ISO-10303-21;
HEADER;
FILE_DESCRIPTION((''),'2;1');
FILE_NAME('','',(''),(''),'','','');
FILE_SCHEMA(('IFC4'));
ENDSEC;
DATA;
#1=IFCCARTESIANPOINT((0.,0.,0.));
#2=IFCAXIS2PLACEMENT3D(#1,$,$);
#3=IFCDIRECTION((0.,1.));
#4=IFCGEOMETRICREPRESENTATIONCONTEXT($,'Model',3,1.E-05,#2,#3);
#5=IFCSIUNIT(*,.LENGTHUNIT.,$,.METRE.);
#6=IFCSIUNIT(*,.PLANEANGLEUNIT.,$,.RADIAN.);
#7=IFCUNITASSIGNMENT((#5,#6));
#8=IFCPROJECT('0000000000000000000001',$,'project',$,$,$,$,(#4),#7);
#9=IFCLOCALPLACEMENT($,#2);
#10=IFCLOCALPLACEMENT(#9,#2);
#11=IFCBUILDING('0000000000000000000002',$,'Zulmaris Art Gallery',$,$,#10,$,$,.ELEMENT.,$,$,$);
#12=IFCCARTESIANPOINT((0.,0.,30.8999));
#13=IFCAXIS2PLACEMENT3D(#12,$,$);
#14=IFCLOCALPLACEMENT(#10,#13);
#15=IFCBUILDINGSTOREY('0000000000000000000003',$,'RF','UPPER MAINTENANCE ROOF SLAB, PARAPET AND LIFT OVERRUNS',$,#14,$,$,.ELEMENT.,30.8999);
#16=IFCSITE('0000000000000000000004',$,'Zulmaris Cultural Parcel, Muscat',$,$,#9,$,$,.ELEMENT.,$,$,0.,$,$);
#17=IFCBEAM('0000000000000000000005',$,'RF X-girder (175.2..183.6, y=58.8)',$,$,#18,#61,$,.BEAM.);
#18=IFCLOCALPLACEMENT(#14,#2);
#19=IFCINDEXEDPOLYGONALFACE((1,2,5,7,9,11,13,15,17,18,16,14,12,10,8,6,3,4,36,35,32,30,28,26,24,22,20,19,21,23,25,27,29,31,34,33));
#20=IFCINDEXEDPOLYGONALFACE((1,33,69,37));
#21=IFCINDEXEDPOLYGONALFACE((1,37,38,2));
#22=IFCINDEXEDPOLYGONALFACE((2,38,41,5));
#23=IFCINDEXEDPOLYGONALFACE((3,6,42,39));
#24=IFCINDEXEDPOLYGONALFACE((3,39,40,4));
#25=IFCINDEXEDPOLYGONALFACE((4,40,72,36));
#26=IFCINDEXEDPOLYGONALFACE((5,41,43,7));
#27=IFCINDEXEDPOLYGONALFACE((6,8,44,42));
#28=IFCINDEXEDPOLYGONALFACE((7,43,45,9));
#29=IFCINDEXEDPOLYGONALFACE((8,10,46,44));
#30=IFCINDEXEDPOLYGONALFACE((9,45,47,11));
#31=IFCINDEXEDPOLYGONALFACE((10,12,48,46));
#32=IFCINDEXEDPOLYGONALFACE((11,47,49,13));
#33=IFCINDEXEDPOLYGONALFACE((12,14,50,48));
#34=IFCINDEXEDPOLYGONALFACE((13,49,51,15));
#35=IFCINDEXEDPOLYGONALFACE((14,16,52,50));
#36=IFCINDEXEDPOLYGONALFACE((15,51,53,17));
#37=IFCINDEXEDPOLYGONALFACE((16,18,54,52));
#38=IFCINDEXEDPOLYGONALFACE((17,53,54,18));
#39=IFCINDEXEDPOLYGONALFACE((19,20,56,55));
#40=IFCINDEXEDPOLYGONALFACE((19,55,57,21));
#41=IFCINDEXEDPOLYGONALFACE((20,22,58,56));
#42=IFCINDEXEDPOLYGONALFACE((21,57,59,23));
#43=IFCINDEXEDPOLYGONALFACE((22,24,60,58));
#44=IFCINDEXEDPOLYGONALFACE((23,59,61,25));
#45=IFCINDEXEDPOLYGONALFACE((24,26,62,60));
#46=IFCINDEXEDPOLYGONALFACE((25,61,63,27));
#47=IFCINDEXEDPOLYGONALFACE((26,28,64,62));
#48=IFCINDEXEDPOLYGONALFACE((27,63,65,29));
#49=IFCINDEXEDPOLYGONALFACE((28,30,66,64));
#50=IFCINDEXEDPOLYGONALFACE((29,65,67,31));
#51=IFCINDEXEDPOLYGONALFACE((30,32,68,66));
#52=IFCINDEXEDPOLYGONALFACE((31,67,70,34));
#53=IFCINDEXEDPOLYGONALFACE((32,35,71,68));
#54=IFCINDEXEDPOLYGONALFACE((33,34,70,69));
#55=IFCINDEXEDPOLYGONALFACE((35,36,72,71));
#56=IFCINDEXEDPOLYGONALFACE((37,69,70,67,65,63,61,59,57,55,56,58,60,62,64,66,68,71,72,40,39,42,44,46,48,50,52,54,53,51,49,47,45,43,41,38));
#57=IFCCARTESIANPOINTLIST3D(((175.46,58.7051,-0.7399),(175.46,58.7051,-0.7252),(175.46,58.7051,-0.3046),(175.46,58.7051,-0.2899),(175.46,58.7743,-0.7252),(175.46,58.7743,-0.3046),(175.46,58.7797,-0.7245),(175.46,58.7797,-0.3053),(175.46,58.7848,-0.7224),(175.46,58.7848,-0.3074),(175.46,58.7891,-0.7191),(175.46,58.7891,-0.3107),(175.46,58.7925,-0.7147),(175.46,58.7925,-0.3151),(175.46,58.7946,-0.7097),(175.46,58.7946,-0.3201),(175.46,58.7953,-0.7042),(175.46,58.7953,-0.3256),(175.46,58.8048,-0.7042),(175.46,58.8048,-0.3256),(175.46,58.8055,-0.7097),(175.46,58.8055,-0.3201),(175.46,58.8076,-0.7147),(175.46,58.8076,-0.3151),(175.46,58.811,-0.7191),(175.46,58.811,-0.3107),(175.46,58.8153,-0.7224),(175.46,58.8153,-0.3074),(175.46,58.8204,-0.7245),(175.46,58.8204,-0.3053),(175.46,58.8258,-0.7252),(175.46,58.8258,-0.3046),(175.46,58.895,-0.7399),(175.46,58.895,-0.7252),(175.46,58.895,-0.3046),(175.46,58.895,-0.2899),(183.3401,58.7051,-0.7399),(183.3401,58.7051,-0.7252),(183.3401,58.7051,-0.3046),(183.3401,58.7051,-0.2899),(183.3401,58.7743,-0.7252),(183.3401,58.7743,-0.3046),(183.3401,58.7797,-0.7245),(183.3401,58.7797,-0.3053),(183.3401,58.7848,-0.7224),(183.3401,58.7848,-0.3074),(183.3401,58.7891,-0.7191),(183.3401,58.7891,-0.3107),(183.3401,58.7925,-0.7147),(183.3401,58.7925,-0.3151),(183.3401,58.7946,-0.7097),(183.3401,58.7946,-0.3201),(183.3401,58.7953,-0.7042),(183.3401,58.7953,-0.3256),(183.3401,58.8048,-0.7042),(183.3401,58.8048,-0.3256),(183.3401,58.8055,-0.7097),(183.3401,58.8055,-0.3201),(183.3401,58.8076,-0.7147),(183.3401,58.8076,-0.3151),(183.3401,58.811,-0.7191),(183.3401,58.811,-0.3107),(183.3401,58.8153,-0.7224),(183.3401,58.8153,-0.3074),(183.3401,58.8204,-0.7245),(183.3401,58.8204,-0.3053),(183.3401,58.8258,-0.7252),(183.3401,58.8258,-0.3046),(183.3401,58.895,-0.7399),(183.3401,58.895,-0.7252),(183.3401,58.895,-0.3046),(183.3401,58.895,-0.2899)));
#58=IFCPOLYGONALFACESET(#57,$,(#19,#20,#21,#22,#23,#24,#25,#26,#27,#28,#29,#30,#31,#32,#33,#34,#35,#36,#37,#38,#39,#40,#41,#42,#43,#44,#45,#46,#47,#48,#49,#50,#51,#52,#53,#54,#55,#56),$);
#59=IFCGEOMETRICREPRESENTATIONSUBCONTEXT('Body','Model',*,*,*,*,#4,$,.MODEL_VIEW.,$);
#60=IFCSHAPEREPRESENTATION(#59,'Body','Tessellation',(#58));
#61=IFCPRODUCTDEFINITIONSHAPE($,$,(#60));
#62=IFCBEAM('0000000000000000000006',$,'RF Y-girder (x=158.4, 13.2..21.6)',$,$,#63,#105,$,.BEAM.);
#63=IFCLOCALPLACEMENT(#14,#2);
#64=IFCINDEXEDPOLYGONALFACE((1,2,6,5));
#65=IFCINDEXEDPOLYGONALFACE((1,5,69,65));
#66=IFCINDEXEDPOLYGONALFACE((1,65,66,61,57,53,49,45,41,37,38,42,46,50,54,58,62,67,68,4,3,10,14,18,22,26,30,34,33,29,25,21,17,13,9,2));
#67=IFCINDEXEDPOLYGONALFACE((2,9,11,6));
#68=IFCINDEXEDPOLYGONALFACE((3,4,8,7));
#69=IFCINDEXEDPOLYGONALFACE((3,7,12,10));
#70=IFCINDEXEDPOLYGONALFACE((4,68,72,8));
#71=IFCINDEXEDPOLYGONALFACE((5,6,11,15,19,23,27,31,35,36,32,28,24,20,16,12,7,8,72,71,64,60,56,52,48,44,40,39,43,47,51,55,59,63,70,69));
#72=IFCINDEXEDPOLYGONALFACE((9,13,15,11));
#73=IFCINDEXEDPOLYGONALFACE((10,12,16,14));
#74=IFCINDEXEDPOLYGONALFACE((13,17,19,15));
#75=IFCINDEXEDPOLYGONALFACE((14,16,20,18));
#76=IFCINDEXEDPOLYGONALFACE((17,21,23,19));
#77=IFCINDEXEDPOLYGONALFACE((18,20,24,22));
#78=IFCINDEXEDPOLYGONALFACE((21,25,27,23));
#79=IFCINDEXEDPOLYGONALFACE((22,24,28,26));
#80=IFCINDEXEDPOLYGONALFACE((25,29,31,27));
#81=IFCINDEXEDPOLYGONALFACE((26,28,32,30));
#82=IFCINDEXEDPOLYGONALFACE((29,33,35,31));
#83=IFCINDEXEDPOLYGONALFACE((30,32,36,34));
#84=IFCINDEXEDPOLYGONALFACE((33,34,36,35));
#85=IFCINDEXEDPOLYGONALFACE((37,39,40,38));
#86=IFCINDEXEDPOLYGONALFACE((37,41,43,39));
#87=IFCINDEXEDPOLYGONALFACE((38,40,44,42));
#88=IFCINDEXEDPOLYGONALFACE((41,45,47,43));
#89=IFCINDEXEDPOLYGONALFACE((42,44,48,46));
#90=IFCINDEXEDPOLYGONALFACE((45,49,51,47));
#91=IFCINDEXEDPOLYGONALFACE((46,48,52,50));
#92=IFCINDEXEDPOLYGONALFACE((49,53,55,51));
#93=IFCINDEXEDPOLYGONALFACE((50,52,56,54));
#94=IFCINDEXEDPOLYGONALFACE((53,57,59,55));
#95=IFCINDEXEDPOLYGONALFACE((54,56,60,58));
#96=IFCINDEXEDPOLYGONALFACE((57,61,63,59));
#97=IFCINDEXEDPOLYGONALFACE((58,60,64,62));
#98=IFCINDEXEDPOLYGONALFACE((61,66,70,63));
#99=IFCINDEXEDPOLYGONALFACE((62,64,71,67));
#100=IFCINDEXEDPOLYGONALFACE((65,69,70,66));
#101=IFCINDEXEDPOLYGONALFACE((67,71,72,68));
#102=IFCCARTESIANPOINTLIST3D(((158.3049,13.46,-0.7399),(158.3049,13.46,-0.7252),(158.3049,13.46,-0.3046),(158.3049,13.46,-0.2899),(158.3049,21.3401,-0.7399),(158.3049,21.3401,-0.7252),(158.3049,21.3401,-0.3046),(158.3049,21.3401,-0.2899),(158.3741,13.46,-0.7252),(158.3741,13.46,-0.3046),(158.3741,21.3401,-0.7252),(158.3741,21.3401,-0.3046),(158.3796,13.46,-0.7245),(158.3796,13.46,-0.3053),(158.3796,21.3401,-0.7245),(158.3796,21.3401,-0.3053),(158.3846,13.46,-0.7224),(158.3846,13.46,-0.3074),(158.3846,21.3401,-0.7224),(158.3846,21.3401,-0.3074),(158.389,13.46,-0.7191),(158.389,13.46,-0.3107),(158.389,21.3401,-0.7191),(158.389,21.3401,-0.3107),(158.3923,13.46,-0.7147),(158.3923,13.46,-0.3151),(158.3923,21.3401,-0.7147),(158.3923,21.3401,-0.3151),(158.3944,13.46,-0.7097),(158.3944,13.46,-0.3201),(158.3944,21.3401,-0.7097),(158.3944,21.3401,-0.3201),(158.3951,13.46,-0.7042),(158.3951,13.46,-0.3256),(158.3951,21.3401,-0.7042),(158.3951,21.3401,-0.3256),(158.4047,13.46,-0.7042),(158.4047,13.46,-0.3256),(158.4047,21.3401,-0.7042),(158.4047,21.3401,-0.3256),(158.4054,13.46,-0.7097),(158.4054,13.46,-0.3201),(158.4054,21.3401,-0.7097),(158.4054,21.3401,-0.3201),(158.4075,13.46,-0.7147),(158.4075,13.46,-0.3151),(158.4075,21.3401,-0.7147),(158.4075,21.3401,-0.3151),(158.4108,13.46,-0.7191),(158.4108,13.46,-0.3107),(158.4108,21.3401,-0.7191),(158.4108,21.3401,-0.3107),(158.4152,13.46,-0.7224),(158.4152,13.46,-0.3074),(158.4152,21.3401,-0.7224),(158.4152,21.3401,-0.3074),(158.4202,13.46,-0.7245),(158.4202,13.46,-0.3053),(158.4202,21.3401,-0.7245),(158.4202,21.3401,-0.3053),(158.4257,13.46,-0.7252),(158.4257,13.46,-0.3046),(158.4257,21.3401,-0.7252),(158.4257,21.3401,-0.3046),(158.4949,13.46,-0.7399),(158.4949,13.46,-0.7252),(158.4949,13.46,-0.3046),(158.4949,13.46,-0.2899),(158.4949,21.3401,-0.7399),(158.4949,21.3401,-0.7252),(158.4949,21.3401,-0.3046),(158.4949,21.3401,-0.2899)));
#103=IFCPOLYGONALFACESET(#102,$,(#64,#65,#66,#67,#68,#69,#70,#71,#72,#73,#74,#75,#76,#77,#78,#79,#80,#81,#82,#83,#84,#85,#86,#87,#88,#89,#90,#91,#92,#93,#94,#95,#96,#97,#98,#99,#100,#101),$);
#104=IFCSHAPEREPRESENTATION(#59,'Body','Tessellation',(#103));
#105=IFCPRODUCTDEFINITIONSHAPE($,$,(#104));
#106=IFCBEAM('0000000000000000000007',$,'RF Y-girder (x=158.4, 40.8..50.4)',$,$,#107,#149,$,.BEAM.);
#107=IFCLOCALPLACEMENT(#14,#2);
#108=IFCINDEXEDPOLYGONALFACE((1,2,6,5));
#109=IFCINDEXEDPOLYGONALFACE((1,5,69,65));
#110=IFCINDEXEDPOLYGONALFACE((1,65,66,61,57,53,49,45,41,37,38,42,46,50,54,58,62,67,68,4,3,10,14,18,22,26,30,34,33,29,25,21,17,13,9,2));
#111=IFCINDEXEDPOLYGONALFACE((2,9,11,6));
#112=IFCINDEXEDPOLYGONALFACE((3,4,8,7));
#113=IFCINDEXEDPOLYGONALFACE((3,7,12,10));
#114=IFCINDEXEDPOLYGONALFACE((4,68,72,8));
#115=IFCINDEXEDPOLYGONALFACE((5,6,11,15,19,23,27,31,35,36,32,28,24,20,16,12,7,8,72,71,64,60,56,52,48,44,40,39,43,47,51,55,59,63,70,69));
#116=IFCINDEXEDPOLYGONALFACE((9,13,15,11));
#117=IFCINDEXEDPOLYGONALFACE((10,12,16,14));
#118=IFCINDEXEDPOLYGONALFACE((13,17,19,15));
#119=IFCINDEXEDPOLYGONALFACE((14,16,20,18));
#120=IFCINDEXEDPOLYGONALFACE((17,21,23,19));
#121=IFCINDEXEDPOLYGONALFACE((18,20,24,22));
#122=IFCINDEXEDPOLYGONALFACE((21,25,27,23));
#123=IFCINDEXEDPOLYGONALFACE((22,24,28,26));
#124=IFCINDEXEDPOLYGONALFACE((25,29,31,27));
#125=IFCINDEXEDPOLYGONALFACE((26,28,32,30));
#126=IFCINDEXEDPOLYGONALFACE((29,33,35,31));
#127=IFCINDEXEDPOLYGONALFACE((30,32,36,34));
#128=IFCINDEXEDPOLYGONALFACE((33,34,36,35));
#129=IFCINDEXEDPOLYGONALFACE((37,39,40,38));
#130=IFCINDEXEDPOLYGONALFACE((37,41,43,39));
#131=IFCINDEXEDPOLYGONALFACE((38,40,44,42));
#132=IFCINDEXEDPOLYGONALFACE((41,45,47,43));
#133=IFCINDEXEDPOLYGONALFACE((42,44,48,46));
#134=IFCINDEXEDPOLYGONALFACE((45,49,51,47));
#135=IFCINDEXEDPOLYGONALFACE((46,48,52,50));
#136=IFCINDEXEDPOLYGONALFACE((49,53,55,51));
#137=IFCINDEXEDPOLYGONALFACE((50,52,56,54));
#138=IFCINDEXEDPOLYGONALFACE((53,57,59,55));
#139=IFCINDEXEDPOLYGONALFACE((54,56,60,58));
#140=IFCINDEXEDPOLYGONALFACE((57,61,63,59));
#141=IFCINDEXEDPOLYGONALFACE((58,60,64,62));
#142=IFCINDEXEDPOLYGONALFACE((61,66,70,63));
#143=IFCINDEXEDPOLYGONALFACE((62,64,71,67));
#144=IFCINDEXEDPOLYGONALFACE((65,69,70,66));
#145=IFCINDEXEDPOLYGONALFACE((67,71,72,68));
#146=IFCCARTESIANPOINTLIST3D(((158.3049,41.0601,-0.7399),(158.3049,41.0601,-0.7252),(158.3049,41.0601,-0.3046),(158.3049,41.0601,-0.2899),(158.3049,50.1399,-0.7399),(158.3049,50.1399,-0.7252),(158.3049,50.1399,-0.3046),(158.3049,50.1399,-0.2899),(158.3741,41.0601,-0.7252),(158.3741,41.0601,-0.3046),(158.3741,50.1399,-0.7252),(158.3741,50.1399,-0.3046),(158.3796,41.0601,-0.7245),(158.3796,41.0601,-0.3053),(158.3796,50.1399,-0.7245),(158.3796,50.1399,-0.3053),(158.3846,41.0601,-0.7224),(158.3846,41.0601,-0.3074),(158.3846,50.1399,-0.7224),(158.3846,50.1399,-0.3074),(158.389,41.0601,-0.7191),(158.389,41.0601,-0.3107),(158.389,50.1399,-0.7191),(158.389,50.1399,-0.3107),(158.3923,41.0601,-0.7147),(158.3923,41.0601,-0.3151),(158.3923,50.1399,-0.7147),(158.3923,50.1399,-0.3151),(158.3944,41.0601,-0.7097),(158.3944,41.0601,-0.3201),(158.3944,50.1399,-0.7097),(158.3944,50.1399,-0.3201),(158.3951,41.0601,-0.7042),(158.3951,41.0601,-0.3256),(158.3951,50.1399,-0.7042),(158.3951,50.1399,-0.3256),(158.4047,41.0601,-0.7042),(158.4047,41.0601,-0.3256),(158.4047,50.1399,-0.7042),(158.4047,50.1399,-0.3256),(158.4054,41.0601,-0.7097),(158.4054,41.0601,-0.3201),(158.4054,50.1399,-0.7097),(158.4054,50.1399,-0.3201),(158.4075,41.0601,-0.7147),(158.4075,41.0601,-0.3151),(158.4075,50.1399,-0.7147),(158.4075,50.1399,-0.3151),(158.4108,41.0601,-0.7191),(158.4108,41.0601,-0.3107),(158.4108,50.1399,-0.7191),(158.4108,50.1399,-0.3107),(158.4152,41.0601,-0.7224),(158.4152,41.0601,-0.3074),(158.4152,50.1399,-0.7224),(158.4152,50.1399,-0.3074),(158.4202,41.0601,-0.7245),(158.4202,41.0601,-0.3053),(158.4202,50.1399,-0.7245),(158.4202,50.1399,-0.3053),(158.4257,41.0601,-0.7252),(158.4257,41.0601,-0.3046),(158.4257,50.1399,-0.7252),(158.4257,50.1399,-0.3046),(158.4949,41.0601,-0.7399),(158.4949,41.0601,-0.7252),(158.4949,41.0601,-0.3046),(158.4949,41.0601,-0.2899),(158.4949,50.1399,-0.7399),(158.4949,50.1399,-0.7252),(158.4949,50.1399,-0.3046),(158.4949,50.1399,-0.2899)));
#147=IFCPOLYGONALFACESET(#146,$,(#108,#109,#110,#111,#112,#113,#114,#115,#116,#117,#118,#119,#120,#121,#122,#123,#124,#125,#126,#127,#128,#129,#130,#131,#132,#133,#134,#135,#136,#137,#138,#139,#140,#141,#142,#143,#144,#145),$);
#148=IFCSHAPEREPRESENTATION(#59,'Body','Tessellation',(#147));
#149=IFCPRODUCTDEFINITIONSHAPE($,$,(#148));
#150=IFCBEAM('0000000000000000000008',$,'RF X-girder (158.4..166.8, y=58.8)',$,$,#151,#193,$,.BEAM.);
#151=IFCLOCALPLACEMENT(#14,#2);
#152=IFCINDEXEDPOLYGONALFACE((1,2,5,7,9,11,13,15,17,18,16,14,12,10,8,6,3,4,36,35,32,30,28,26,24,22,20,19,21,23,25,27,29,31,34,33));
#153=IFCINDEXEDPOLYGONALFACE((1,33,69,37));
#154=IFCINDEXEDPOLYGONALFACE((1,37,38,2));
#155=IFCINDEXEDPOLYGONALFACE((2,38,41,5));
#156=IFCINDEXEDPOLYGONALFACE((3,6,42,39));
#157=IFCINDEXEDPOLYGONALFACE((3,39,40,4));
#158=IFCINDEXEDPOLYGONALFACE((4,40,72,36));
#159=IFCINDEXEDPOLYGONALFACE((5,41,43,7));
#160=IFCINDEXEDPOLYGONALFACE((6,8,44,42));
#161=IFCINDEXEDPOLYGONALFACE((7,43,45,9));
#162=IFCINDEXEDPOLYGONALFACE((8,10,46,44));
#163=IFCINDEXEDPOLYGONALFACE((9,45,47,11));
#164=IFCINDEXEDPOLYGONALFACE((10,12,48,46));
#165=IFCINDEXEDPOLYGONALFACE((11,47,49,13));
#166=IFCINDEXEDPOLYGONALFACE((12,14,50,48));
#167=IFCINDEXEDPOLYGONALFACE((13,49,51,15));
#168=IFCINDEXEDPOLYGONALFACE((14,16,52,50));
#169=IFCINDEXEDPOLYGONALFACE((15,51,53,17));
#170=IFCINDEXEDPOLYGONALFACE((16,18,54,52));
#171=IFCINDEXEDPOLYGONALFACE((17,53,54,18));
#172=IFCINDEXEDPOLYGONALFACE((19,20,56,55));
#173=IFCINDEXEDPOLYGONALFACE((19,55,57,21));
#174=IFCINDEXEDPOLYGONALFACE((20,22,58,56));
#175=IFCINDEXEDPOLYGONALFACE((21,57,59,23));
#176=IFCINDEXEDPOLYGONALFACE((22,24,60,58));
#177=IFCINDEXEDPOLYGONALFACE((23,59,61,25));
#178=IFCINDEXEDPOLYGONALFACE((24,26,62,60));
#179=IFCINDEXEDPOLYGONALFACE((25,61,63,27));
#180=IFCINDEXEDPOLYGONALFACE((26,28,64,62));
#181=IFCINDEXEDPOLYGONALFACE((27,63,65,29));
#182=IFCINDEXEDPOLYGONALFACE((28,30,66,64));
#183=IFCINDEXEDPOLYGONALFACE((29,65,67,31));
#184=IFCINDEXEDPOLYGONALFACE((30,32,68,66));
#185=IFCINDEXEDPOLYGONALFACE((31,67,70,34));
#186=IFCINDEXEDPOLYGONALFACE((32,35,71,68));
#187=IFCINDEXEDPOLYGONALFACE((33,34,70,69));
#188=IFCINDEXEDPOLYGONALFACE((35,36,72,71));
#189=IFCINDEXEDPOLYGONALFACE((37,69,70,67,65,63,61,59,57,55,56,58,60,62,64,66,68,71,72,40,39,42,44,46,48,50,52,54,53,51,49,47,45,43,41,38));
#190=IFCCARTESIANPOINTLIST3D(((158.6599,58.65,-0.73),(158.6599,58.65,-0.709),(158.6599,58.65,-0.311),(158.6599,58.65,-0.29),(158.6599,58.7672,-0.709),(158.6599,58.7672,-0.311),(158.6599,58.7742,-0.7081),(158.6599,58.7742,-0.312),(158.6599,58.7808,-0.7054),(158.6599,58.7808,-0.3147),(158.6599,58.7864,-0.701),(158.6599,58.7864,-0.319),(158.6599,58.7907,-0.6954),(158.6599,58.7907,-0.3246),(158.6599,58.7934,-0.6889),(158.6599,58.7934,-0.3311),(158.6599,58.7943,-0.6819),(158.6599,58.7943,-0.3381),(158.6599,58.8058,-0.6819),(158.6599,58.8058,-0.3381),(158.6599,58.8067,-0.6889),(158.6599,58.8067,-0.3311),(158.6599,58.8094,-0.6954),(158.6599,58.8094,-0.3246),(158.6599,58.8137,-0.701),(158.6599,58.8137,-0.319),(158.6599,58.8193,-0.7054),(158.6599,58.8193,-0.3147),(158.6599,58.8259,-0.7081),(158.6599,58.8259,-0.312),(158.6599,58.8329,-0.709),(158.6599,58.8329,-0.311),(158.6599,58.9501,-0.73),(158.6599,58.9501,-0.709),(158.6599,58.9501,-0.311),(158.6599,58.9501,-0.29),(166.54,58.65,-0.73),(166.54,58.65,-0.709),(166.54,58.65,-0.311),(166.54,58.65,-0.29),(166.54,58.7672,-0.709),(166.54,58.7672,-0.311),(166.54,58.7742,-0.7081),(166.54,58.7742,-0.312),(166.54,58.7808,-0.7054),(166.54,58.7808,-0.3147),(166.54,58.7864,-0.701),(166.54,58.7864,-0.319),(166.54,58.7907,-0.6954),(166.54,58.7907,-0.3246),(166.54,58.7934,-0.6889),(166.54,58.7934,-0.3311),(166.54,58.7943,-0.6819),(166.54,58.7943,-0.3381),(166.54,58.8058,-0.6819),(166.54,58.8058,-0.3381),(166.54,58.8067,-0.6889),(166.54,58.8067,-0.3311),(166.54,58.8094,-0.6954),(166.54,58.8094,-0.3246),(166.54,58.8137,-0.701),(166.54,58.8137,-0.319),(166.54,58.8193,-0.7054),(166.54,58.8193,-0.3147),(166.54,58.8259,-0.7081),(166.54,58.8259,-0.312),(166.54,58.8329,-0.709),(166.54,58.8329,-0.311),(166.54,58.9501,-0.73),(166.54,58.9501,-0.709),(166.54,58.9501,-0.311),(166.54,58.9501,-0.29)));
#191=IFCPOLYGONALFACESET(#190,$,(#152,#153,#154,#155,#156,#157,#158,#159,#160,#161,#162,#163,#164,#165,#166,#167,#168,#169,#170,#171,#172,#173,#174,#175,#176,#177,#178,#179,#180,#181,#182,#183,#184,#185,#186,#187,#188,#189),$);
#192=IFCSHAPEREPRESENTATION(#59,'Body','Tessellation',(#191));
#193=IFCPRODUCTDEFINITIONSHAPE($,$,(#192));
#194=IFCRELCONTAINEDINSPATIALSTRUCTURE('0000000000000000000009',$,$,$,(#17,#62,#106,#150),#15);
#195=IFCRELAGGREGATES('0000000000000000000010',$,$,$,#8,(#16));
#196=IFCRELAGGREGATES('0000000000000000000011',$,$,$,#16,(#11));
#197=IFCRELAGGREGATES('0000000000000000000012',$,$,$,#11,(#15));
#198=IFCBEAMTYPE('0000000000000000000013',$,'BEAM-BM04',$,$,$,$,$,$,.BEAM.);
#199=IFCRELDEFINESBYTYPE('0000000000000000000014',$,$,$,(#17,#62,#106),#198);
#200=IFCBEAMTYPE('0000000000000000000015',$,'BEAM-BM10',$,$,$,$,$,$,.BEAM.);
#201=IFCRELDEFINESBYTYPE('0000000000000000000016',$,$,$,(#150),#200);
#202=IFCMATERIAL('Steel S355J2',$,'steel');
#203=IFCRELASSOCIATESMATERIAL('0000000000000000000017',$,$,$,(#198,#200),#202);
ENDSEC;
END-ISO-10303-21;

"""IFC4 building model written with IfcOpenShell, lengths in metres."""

from ifc_helpers import new_model, si_unit, direction, frame, origin, origin_2d, place, context, subcontext, project, spatial, i_section, extrude, material, material_profile, profile_set, type_object, element, save


model = new_model("IFC4")

# Units and contexts
model_context = context("Model", 3, precision=1e-05, world=origin(), true_north=direction((0.0, 1.0)))
body_context = subcontext(model_context, "Body", "Model", "MODEL_VIEW")
ifc_project = project(units=[si_unit("LENGTHUNIT", "METRE"), si_unit("PLANEANGLEUNIT", "RADIAN")], contexts=[model_context])

# Site, building, storey
site_placement = place(None, origin())
site = spatial("IfcSite", under=ifc_project, at=site_placement, Name="Zulmaris Cultural Parcel, Muscat", CompositionType="ELEMENT", RefElevation=0.0)
building_placement = place(site_placement, origin())
building = spatial("IfcBuilding", under=site, at=building_placement, Name="Zulmaris Art Gallery", CompositionType="ELEMENT")
storey_placement = place(building_placement, frame((0.0, 0.0, 30.8999)))
storey = spatial("IfcBuildingStorey", under=building, at=storey_placement, Name="RF", Description="UPPER MAINTENANCE ROOF SLAB, PARAPET AND LIFT OVERRUNS", CompositionType="ELEMENT", Elevation=30.8999)

# Beams
ifc_material_1 = material(Name="Steel S355J2", Category="steel")
ifc_material_profile_1 = material_profile(ifc_material_1, i_section(OverallWidth=0.1899, OverallDepth=0.45, WebThickness=0.0095, FlangeThickness=0.0146, FilletRadius=0.021, at=origin_2d()), Name="IPE 450")
ifc_profile_set_1 = profile_set([ifc_material_profile_1], Name="Steel S355J2")
beam_type_1 = type_object("IfcBeamType", Name="BEAM-BM04", PredefinedType="BEAM", material=ifc_profile_set_1)
for number, where, z_axis, x_axis, name in (
    (1, (175.46, 58.8, -0.5149), (1.0, 0.0, 0.0), (0.0, 1.0, 0.0), "RF X-girder (175.2..183.6, y=58.8)"),
    (2, (158.3999, 13.46, -0.5149), (0.0, 1.0, 0.0), (-1.0, 0.0, 0.0), "RF Y-girder (x=158.4, 13.2..21.6)"),
):
    element("IfcBeam", number, at=place(storey_placement, frame(where, z_axis=z_axis, x_axis=x_axis)), inside=storey, type_object=beam_type_1, Name=name, PredefinedType="BEAM", context=body_context, shape_type="SweptSolid", body=[
        extrude(i_section(OverallWidth=0.1899, OverallDepth=0.45, WebThickness=0.0095, FlangeThickness=0.0146, FilletRadius=0.021, at=origin_2d()), origin(), (0.0, 0.0, 1.0), 7.8801),
    ])
beam_1_placement = place(storey_placement, frame((158.3999, 41.0601, -0.5149), z_axis=(0.0, 1.0, 0.0), x_axis=(-1.0, 0.0, 0.0)))
element("IfcBeam", 3, at=beam_1_placement, inside=storey, type_object=beam_type_1, Name="RF Y-girder (x=158.4, 40.8..50.4)", PredefinedType="BEAM", context=body_context, shape_type="SweptSolid", body=[
    extrude(i_section(OverallWidth=0.1899, OverallDepth=0.45, WebThickness=0.0095, FlangeThickness=0.0146, FilletRadius=0.021, at=origin_2d()), origin(), (0.0, 0.0, 1.0), 9.0798),
])
ifc_material_profile_2 = material_profile(ifc_material_1, i_section(OverallWidth=0.3, OverallDepth=0.4399, WebThickness=0.0115, FlangeThickness=0.021, FilletRadius=0.0271, at=origin_2d()), Name="HEA 450")
ifc_profile_set_2 = profile_set([ifc_material_profile_2], Name="Steel S355J2")
beam_type_2 = type_object("IfcBeamType", Name="BEAM-BM10", PredefinedType="BEAM", material=ifc_profile_set_2)
beam_2_placement = place(storey_placement, frame((158.6599, 58.8, -0.51), z_axis=(1.0, 0.0, 0.0), x_axis=(0.0, 1.0, 0.0)))
element("IfcBeam", 4, at=beam_2_placement, inside=storey, type_object=beam_type_2, Name="RF X-girder (158.4..166.8, y=58.8)", PredefinedType="BEAM", context=body_context, shape_type="SweptSolid", body=[
    extrude(i_section(OverallWidth=0.3, OverallDepth=0.4399, WebThickness=0.0115, FlangeThickness=0.021, FilletRadius=0.0271, at=origin_2d()), origin(), (0.0, 0.0, 1.0), 7.8801),
])

save(model, "model.ifc")
